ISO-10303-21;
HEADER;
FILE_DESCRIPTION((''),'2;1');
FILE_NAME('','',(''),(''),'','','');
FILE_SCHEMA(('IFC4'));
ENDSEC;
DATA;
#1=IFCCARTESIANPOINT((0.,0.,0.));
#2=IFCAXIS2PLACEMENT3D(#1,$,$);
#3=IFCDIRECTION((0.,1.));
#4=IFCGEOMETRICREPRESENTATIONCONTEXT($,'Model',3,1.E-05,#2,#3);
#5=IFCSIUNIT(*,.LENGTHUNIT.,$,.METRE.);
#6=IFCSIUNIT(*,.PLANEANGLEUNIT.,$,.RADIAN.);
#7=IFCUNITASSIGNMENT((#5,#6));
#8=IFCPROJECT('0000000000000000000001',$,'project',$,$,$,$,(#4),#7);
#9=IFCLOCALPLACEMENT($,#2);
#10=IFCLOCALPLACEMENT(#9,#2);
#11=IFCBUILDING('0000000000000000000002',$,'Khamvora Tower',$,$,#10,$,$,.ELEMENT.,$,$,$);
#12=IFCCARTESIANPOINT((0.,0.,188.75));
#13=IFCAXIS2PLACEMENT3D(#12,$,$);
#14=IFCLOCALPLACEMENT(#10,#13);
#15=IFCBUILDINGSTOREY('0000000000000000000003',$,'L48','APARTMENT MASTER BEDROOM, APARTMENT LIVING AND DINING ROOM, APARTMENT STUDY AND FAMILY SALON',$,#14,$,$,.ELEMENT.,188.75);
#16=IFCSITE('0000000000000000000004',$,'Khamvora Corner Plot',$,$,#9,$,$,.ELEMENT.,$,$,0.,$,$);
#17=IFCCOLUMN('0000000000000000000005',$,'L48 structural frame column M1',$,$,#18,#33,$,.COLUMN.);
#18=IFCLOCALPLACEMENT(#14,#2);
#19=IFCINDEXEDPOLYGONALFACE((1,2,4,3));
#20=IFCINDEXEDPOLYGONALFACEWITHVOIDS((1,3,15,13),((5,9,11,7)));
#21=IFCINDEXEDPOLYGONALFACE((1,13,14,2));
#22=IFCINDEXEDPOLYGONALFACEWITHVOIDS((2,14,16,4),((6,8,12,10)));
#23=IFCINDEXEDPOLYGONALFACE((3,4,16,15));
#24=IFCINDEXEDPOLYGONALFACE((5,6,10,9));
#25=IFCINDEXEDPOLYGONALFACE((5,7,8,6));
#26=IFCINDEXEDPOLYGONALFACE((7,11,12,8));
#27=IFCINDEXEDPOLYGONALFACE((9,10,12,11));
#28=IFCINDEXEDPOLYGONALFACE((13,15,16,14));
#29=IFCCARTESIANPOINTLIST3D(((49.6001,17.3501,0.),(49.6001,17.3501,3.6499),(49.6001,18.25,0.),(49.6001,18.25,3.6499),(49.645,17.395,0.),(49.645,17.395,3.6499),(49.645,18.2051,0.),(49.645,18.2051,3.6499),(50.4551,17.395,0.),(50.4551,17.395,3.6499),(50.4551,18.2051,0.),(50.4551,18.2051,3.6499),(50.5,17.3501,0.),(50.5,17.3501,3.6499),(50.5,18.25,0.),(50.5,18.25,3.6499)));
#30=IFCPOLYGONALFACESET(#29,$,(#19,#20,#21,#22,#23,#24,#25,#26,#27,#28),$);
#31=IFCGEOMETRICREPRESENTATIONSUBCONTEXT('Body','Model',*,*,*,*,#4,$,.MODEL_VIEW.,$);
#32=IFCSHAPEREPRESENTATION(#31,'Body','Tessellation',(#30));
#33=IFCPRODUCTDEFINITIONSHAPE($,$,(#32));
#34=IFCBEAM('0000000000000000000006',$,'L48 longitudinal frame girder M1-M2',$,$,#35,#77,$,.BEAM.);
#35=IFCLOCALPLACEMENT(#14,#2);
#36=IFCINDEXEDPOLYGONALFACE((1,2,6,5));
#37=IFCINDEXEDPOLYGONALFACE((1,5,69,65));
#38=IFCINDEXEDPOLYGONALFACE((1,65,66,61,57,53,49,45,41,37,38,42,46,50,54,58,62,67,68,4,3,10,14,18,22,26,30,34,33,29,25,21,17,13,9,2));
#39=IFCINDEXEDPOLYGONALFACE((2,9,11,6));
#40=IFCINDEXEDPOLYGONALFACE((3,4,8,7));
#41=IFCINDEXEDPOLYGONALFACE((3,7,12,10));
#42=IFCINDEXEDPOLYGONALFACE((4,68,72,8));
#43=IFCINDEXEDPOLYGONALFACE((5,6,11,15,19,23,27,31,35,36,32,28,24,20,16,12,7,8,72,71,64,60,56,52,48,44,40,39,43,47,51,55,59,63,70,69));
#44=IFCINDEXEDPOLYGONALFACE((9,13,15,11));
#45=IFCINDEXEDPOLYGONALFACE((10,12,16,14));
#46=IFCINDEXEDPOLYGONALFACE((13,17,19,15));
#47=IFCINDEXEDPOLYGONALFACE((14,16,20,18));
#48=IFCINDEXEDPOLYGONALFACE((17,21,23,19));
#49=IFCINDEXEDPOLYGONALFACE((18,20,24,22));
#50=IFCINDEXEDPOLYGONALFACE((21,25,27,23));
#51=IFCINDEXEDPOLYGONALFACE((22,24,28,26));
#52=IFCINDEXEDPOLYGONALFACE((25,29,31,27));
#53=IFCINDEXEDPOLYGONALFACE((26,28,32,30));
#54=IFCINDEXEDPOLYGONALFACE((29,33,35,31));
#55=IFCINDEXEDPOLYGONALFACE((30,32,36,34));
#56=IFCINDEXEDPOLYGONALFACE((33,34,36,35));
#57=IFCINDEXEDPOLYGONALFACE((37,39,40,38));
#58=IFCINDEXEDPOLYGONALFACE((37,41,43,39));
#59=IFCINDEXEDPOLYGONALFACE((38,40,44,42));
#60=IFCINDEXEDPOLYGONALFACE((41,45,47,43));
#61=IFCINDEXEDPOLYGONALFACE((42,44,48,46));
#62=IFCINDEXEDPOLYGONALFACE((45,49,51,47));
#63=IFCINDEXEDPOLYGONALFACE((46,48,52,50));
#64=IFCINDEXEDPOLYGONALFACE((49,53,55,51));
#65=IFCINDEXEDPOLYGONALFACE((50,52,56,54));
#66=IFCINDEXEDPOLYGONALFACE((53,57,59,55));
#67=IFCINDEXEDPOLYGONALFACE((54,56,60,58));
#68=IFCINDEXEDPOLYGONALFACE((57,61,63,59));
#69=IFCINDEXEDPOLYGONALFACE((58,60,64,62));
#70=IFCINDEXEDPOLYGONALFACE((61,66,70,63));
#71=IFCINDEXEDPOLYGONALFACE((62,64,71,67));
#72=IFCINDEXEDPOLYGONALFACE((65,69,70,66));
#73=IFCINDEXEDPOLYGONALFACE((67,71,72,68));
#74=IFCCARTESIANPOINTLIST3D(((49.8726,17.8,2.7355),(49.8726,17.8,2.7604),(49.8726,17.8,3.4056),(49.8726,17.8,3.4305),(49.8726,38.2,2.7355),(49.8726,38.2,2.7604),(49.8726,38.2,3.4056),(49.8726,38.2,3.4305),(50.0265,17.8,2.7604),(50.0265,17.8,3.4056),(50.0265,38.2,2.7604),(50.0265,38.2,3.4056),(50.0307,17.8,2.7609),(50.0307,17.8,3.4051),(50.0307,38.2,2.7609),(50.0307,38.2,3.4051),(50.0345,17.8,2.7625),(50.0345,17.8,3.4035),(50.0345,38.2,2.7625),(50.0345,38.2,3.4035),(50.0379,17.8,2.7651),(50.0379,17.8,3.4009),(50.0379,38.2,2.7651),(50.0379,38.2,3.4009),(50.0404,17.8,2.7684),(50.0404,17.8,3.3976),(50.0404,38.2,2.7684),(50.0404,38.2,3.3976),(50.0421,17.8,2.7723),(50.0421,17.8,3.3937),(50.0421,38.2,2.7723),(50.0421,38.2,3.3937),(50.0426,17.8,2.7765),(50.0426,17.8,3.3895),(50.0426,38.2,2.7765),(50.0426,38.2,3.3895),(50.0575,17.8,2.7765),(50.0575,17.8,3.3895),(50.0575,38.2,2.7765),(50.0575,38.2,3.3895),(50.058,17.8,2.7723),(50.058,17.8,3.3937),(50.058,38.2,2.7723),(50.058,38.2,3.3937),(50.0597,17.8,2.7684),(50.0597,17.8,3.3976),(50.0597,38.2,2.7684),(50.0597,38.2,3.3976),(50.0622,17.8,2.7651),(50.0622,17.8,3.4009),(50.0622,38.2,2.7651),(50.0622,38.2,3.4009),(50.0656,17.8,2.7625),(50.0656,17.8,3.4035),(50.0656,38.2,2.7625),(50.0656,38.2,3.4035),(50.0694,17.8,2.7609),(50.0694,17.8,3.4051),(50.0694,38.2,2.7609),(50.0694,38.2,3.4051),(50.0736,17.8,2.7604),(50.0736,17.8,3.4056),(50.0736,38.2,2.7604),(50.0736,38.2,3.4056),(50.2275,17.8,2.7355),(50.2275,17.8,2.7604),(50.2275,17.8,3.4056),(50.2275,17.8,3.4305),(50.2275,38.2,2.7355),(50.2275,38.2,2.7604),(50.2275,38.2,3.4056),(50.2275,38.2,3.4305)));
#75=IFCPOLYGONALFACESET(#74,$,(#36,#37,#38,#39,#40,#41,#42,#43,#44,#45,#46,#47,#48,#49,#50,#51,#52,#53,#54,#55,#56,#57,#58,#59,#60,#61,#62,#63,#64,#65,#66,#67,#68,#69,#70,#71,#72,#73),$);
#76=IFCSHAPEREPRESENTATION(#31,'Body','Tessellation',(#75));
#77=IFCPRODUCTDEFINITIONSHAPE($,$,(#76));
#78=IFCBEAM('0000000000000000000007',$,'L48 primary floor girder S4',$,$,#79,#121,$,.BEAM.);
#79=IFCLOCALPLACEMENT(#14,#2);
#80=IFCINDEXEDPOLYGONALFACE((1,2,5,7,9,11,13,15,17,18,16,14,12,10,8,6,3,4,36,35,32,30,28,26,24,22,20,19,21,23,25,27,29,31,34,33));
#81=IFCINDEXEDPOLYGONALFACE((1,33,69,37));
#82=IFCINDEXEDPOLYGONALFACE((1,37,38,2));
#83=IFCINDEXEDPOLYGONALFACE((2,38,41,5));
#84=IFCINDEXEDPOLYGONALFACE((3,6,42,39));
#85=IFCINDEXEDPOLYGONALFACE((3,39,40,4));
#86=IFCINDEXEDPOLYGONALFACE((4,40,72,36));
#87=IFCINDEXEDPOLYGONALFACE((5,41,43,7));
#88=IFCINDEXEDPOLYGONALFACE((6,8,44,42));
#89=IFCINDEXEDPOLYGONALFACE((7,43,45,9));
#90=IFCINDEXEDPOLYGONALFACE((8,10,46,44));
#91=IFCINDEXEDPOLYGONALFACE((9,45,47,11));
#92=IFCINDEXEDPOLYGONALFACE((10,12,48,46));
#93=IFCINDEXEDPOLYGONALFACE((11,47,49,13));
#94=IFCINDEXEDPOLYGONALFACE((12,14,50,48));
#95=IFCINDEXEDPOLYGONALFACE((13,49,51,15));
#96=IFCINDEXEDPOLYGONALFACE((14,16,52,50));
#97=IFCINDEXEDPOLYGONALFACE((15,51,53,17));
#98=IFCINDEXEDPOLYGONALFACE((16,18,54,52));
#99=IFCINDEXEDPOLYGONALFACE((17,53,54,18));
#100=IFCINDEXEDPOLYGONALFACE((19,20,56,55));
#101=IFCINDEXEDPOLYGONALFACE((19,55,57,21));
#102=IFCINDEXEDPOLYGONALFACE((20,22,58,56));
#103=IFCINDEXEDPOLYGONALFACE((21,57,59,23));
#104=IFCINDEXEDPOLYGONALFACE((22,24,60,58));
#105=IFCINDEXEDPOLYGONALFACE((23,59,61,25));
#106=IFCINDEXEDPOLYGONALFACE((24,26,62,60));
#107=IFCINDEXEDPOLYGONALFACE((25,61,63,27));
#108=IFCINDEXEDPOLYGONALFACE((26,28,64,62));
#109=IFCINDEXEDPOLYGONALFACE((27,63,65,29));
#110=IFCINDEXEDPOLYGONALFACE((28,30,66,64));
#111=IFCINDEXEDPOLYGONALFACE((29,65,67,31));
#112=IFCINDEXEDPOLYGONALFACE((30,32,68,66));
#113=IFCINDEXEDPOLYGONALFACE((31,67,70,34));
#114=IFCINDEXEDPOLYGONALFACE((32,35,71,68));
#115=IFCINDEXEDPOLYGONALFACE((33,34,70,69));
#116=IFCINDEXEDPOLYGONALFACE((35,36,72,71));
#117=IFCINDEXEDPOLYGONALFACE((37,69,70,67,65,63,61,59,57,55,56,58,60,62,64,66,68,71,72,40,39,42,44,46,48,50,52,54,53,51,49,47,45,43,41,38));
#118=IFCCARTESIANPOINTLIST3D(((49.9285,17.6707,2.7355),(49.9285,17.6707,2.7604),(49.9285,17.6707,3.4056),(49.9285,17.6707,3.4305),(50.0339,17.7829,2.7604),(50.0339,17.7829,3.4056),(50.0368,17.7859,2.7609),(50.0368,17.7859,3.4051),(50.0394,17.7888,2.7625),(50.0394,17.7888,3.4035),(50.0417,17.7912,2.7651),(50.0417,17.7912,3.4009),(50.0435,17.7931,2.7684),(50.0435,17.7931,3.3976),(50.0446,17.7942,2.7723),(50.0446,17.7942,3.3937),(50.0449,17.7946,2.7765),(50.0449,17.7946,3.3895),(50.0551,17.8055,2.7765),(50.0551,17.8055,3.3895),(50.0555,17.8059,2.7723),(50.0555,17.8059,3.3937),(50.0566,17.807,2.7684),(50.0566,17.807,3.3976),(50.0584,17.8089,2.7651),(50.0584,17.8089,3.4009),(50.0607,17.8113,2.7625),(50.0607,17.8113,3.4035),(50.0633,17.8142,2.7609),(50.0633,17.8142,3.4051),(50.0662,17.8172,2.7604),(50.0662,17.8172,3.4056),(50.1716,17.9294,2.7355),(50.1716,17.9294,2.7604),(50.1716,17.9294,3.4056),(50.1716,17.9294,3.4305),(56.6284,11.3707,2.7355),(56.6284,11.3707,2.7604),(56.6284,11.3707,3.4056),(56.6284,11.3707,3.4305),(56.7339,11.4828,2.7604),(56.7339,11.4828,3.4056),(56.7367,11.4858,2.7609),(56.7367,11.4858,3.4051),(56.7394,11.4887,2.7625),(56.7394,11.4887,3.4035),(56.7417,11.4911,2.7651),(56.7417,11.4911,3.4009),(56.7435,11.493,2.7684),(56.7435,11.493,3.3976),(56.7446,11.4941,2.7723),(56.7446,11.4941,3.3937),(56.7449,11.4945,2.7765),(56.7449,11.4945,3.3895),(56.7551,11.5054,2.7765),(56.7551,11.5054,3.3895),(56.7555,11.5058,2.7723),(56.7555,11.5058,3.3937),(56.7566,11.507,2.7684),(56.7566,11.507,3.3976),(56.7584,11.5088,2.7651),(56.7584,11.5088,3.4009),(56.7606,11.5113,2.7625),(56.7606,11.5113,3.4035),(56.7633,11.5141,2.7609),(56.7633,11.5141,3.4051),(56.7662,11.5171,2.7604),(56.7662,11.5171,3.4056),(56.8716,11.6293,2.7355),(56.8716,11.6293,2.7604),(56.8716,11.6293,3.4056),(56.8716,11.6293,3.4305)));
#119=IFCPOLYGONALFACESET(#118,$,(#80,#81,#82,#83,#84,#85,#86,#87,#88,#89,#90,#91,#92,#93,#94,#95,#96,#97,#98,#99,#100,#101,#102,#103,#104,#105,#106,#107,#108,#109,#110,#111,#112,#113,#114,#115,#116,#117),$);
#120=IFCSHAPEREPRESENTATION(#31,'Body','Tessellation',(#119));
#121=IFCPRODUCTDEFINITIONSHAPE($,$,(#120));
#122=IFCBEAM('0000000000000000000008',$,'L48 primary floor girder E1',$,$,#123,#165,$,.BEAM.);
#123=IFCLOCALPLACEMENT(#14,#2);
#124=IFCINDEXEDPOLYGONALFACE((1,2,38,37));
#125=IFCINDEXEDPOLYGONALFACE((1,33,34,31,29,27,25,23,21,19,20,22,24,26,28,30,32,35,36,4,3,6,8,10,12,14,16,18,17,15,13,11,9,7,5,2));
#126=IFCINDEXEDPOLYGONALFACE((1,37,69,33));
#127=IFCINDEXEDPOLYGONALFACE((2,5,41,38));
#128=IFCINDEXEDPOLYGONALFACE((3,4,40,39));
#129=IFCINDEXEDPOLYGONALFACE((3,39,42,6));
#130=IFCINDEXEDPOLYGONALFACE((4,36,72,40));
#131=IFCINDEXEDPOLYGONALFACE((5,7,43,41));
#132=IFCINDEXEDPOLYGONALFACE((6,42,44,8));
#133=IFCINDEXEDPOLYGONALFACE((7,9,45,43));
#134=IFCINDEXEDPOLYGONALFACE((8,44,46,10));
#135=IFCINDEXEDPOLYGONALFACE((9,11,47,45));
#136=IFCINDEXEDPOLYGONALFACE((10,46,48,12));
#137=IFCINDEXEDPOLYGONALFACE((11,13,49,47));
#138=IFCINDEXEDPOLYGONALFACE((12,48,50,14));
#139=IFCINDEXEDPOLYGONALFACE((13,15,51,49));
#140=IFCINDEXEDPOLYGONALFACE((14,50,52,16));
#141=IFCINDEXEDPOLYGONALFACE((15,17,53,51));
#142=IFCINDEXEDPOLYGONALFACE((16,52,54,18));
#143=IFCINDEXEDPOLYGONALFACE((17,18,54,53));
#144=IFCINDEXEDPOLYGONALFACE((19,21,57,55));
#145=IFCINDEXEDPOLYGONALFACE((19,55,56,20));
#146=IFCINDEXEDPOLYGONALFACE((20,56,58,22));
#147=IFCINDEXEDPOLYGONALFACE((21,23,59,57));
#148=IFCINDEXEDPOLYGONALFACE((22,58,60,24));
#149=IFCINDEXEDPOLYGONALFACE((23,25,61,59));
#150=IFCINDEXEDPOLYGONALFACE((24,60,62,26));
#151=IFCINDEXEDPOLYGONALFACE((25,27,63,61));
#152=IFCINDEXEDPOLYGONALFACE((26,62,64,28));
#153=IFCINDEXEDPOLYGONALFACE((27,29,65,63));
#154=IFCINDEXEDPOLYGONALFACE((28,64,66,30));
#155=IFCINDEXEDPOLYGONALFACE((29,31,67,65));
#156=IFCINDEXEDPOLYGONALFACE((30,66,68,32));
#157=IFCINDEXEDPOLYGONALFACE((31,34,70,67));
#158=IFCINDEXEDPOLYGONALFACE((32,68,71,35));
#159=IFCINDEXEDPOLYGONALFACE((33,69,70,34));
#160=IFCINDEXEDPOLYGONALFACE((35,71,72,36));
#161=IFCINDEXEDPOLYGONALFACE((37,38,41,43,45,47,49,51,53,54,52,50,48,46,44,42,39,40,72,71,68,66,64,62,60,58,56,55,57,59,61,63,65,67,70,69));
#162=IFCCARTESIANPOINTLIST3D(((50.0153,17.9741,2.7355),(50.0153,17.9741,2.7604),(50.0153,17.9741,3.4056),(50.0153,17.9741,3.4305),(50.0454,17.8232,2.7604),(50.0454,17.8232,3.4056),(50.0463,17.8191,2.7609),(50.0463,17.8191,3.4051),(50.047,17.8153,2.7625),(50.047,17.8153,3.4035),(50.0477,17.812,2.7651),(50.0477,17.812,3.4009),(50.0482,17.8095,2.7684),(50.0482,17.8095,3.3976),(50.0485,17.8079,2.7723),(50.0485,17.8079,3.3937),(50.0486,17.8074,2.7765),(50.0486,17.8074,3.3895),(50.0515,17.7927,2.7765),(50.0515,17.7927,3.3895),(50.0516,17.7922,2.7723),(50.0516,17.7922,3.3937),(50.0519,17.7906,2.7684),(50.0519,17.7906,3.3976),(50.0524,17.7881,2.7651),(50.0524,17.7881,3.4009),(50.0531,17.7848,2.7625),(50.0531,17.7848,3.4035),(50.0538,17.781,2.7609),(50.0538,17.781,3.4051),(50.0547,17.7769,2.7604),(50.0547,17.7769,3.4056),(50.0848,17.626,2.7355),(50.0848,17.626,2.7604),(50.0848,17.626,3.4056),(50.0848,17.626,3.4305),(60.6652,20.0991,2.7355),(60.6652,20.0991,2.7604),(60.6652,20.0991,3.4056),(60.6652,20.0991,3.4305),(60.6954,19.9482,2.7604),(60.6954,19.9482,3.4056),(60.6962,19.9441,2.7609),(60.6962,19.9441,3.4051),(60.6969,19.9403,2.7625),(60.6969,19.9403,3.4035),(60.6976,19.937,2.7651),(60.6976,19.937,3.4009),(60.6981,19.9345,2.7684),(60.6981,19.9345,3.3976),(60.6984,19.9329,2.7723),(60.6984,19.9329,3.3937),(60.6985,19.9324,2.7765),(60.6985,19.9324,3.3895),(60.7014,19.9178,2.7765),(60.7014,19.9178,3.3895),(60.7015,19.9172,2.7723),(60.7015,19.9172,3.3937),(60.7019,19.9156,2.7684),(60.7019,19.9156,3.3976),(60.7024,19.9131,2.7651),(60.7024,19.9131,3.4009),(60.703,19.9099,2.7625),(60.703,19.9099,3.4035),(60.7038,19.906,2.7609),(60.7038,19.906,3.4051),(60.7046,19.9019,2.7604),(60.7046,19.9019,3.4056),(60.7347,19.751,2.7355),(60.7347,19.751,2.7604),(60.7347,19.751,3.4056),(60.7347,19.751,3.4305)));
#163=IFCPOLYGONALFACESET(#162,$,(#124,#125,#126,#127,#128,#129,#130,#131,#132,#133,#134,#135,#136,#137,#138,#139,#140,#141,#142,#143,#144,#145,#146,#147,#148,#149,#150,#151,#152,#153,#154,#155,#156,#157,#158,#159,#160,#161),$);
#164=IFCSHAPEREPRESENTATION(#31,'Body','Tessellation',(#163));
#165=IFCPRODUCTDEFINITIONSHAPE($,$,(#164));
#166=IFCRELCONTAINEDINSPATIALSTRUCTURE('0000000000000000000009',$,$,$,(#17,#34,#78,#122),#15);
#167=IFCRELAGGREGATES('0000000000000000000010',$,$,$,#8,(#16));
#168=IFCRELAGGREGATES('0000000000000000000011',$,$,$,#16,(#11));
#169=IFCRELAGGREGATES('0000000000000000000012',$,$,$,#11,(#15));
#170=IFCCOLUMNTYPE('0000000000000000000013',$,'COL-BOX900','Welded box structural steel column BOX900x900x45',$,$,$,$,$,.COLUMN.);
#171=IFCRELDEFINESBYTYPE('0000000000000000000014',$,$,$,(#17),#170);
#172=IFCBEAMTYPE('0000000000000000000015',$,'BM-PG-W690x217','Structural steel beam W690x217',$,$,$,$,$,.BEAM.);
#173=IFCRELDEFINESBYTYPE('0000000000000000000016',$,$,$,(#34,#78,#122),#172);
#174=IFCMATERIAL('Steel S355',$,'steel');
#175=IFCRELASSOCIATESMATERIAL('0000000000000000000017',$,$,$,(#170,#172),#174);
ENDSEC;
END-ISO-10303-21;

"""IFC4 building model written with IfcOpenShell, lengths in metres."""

from ifc_helpers import new_model, si_unit, direction, frame, origin, origin_2d, place, context, subcontext, project, spatial, hollow_rectangle, i_section, extrude, material, material_profile, profile_set, type_object, element, save


model = new_model("IFC4")

# Units and contexts
model_context = context("Model", 3, precision=1e-05, world=origin(), true_north=direction((0.0, 1.0)))
body_context = subcontext(model_context, "Body", "Model", "MODEL_VIEW")
ifc_project = project(units=[si_unit("LENGTHUNIT", "METRE"), si_unit("PLANEANGLEUNIT", "RADIAN")], contexts=[model_context])

# Site, building, storey
site_placement = place(None, origin())
site = spatial("IfcSite", under=ifc_project, at=site_placement, Name="Khamvora Corner Plot", CompositionType="ELEMENT", RefElevation=0.0)
building_placement = place(site_placement, origin())
building = spatial("IfcBuilding", under=site, at=building_placement, Name="Khamvora Tower", CompositionType="ELEMENT")
storey_placement = place(building_placement, frame((0.0, 0.0, 188.75)))
storey = spatial("IfcBuildingStorey", under=building, at=storey_placement, Name="L48", Description="APARTMENT MASTER BEDROOM, APARTMENT LIVING AND DINING ROOM, APARTMENT STUDY AND FAMILY SALON", CompositionType="ELEMENT", Elevation=188.75)

# Column
ifc_material_1 = material(Name="Steel S355", Category="steel")
ifc_material_profile_1 = material_profile(ifc_material_1, hollow_rectangle(XDim=0.8999, YDim=0.8999, WallThickness=0.0449, at=origin_2d()), Name="BOX900x900x45")
ifc_profile_set_1 = profile_set([ifc_material_profile_1], Name="Steel S355")
column_type = type_object("IfcColumnType", Name="COL-BOX900", Description="Welded box structural steel column BOX900x900x45", PredefinedType="COLUMN", material=ifc_profile_set_1)
column_placement = place(storey_placement, frame((50.05, 17.8, 0.0), z_axis=(0.0, 0.0, 1.0), x_axis=(1.0, 0.0, 0.0)))
element("IfcColumn", 1, at=column_placement, inside=storey, type_object=column_type, Name="L48 structural frame column M1", PredefinedType="COLUMN", context=body_context, shape_type="SweptSolid", body=[
    extrude(hollow_rectangle(XDim=0.8999, YDim=0.8999, WallThickness=0.0449, at=origin_2d()), origin(), (0.0, 0.0, 1.0), 3.6499),
])

# Beams
ifc_material_profile_2 = material_profile(ifc_material_1, i_section(OverallWidth=0.355, OverallDepth=0.6951, WebThickness=0.0149, FlangeThickness=0.0249, FilletRadius=0.0161, at=origin_2d()), Name="W690x217")
ifc_profile_set_2 = profile_set([ifc_material_profile_2], Name="Steel S355")
beam_type_1 = type_object("IfcBeamType", Name="BM-PG-W690x217", Description="Structural steel beam W690x217", PredefinedType="BEAM", material=ifc_profile_set_2)
beam_1_placement = place(storey_placement, frame((50.05, 17.8, 3.083), z_axis=(0.0, 1.0, 0.0), x_axis=(-1.0, 0.0, 0.0)))
element("IfcBeam", 2, at=beam_1_placement, inside=storey, type_object=beam_type_1, Name="L48 longitudinal frame girder M1-M2", PredefinedType="BEAM", context=body_context, shape_type="SweptSolid", body=[
    extrude(i_section(OverallWidth=0.355, OverallDepth=0.6951, WebThickness=0.0149, FlangeThickness=0.0249, FilletRadius=0.0161, at=origin_2d()), origin(), (0.0, 0.0, 1.0), 20.3999),
])
beam_2_placement = place(storey_placement, frame((50.05, 17.8, 3.083), z_axis=(0.728514, -0.685031, 0.0), x_axis=(0.685031, 0.728514, 0.0)))
element("IfcBeam", 3, at=beam_2_placement, inside=storey, type_object=beam_type_1, Name="L48 primary floor girder S4", PredefinedType="BEAM", context=body_context, shape_type="SweptSolid", body=[
    extrude(i_section(OverallWidth=0.355, OverallDepth=0.6951, WebThickness=0.0149, FlangeThickness=0.0249, FilletRadius=0.0161, at=origin_2d()), origin(), (0.0, 0.0, 1.0), 9.1968),
])
beam_3_placement = place(storey_placement, frame((50.05, 17.8, 3.083), z_axis=(0.980669, 0.195675, 0.0), x_axis=(-0.195675, 0.980669, 0.0)))
element("IfcBeam", 4, at=beam_3_placement, inside=storey, type_object=beam_type_1, Name="L48 primary floor girder E1", PredefinedType="BEAM", context=body_context, shape_type="SweptSolid", body=[
    extrude(i_section(OverallWidth=0.355, OverallDepth=0.6951, WebThickness=0.0149, FlangeThickness=0.0249, FilletRadius=0.0161, at=origin_2d()), origin(), (0.0, 0.0, 1.0), 10.8599),
])

save(model, "model.ifc")
